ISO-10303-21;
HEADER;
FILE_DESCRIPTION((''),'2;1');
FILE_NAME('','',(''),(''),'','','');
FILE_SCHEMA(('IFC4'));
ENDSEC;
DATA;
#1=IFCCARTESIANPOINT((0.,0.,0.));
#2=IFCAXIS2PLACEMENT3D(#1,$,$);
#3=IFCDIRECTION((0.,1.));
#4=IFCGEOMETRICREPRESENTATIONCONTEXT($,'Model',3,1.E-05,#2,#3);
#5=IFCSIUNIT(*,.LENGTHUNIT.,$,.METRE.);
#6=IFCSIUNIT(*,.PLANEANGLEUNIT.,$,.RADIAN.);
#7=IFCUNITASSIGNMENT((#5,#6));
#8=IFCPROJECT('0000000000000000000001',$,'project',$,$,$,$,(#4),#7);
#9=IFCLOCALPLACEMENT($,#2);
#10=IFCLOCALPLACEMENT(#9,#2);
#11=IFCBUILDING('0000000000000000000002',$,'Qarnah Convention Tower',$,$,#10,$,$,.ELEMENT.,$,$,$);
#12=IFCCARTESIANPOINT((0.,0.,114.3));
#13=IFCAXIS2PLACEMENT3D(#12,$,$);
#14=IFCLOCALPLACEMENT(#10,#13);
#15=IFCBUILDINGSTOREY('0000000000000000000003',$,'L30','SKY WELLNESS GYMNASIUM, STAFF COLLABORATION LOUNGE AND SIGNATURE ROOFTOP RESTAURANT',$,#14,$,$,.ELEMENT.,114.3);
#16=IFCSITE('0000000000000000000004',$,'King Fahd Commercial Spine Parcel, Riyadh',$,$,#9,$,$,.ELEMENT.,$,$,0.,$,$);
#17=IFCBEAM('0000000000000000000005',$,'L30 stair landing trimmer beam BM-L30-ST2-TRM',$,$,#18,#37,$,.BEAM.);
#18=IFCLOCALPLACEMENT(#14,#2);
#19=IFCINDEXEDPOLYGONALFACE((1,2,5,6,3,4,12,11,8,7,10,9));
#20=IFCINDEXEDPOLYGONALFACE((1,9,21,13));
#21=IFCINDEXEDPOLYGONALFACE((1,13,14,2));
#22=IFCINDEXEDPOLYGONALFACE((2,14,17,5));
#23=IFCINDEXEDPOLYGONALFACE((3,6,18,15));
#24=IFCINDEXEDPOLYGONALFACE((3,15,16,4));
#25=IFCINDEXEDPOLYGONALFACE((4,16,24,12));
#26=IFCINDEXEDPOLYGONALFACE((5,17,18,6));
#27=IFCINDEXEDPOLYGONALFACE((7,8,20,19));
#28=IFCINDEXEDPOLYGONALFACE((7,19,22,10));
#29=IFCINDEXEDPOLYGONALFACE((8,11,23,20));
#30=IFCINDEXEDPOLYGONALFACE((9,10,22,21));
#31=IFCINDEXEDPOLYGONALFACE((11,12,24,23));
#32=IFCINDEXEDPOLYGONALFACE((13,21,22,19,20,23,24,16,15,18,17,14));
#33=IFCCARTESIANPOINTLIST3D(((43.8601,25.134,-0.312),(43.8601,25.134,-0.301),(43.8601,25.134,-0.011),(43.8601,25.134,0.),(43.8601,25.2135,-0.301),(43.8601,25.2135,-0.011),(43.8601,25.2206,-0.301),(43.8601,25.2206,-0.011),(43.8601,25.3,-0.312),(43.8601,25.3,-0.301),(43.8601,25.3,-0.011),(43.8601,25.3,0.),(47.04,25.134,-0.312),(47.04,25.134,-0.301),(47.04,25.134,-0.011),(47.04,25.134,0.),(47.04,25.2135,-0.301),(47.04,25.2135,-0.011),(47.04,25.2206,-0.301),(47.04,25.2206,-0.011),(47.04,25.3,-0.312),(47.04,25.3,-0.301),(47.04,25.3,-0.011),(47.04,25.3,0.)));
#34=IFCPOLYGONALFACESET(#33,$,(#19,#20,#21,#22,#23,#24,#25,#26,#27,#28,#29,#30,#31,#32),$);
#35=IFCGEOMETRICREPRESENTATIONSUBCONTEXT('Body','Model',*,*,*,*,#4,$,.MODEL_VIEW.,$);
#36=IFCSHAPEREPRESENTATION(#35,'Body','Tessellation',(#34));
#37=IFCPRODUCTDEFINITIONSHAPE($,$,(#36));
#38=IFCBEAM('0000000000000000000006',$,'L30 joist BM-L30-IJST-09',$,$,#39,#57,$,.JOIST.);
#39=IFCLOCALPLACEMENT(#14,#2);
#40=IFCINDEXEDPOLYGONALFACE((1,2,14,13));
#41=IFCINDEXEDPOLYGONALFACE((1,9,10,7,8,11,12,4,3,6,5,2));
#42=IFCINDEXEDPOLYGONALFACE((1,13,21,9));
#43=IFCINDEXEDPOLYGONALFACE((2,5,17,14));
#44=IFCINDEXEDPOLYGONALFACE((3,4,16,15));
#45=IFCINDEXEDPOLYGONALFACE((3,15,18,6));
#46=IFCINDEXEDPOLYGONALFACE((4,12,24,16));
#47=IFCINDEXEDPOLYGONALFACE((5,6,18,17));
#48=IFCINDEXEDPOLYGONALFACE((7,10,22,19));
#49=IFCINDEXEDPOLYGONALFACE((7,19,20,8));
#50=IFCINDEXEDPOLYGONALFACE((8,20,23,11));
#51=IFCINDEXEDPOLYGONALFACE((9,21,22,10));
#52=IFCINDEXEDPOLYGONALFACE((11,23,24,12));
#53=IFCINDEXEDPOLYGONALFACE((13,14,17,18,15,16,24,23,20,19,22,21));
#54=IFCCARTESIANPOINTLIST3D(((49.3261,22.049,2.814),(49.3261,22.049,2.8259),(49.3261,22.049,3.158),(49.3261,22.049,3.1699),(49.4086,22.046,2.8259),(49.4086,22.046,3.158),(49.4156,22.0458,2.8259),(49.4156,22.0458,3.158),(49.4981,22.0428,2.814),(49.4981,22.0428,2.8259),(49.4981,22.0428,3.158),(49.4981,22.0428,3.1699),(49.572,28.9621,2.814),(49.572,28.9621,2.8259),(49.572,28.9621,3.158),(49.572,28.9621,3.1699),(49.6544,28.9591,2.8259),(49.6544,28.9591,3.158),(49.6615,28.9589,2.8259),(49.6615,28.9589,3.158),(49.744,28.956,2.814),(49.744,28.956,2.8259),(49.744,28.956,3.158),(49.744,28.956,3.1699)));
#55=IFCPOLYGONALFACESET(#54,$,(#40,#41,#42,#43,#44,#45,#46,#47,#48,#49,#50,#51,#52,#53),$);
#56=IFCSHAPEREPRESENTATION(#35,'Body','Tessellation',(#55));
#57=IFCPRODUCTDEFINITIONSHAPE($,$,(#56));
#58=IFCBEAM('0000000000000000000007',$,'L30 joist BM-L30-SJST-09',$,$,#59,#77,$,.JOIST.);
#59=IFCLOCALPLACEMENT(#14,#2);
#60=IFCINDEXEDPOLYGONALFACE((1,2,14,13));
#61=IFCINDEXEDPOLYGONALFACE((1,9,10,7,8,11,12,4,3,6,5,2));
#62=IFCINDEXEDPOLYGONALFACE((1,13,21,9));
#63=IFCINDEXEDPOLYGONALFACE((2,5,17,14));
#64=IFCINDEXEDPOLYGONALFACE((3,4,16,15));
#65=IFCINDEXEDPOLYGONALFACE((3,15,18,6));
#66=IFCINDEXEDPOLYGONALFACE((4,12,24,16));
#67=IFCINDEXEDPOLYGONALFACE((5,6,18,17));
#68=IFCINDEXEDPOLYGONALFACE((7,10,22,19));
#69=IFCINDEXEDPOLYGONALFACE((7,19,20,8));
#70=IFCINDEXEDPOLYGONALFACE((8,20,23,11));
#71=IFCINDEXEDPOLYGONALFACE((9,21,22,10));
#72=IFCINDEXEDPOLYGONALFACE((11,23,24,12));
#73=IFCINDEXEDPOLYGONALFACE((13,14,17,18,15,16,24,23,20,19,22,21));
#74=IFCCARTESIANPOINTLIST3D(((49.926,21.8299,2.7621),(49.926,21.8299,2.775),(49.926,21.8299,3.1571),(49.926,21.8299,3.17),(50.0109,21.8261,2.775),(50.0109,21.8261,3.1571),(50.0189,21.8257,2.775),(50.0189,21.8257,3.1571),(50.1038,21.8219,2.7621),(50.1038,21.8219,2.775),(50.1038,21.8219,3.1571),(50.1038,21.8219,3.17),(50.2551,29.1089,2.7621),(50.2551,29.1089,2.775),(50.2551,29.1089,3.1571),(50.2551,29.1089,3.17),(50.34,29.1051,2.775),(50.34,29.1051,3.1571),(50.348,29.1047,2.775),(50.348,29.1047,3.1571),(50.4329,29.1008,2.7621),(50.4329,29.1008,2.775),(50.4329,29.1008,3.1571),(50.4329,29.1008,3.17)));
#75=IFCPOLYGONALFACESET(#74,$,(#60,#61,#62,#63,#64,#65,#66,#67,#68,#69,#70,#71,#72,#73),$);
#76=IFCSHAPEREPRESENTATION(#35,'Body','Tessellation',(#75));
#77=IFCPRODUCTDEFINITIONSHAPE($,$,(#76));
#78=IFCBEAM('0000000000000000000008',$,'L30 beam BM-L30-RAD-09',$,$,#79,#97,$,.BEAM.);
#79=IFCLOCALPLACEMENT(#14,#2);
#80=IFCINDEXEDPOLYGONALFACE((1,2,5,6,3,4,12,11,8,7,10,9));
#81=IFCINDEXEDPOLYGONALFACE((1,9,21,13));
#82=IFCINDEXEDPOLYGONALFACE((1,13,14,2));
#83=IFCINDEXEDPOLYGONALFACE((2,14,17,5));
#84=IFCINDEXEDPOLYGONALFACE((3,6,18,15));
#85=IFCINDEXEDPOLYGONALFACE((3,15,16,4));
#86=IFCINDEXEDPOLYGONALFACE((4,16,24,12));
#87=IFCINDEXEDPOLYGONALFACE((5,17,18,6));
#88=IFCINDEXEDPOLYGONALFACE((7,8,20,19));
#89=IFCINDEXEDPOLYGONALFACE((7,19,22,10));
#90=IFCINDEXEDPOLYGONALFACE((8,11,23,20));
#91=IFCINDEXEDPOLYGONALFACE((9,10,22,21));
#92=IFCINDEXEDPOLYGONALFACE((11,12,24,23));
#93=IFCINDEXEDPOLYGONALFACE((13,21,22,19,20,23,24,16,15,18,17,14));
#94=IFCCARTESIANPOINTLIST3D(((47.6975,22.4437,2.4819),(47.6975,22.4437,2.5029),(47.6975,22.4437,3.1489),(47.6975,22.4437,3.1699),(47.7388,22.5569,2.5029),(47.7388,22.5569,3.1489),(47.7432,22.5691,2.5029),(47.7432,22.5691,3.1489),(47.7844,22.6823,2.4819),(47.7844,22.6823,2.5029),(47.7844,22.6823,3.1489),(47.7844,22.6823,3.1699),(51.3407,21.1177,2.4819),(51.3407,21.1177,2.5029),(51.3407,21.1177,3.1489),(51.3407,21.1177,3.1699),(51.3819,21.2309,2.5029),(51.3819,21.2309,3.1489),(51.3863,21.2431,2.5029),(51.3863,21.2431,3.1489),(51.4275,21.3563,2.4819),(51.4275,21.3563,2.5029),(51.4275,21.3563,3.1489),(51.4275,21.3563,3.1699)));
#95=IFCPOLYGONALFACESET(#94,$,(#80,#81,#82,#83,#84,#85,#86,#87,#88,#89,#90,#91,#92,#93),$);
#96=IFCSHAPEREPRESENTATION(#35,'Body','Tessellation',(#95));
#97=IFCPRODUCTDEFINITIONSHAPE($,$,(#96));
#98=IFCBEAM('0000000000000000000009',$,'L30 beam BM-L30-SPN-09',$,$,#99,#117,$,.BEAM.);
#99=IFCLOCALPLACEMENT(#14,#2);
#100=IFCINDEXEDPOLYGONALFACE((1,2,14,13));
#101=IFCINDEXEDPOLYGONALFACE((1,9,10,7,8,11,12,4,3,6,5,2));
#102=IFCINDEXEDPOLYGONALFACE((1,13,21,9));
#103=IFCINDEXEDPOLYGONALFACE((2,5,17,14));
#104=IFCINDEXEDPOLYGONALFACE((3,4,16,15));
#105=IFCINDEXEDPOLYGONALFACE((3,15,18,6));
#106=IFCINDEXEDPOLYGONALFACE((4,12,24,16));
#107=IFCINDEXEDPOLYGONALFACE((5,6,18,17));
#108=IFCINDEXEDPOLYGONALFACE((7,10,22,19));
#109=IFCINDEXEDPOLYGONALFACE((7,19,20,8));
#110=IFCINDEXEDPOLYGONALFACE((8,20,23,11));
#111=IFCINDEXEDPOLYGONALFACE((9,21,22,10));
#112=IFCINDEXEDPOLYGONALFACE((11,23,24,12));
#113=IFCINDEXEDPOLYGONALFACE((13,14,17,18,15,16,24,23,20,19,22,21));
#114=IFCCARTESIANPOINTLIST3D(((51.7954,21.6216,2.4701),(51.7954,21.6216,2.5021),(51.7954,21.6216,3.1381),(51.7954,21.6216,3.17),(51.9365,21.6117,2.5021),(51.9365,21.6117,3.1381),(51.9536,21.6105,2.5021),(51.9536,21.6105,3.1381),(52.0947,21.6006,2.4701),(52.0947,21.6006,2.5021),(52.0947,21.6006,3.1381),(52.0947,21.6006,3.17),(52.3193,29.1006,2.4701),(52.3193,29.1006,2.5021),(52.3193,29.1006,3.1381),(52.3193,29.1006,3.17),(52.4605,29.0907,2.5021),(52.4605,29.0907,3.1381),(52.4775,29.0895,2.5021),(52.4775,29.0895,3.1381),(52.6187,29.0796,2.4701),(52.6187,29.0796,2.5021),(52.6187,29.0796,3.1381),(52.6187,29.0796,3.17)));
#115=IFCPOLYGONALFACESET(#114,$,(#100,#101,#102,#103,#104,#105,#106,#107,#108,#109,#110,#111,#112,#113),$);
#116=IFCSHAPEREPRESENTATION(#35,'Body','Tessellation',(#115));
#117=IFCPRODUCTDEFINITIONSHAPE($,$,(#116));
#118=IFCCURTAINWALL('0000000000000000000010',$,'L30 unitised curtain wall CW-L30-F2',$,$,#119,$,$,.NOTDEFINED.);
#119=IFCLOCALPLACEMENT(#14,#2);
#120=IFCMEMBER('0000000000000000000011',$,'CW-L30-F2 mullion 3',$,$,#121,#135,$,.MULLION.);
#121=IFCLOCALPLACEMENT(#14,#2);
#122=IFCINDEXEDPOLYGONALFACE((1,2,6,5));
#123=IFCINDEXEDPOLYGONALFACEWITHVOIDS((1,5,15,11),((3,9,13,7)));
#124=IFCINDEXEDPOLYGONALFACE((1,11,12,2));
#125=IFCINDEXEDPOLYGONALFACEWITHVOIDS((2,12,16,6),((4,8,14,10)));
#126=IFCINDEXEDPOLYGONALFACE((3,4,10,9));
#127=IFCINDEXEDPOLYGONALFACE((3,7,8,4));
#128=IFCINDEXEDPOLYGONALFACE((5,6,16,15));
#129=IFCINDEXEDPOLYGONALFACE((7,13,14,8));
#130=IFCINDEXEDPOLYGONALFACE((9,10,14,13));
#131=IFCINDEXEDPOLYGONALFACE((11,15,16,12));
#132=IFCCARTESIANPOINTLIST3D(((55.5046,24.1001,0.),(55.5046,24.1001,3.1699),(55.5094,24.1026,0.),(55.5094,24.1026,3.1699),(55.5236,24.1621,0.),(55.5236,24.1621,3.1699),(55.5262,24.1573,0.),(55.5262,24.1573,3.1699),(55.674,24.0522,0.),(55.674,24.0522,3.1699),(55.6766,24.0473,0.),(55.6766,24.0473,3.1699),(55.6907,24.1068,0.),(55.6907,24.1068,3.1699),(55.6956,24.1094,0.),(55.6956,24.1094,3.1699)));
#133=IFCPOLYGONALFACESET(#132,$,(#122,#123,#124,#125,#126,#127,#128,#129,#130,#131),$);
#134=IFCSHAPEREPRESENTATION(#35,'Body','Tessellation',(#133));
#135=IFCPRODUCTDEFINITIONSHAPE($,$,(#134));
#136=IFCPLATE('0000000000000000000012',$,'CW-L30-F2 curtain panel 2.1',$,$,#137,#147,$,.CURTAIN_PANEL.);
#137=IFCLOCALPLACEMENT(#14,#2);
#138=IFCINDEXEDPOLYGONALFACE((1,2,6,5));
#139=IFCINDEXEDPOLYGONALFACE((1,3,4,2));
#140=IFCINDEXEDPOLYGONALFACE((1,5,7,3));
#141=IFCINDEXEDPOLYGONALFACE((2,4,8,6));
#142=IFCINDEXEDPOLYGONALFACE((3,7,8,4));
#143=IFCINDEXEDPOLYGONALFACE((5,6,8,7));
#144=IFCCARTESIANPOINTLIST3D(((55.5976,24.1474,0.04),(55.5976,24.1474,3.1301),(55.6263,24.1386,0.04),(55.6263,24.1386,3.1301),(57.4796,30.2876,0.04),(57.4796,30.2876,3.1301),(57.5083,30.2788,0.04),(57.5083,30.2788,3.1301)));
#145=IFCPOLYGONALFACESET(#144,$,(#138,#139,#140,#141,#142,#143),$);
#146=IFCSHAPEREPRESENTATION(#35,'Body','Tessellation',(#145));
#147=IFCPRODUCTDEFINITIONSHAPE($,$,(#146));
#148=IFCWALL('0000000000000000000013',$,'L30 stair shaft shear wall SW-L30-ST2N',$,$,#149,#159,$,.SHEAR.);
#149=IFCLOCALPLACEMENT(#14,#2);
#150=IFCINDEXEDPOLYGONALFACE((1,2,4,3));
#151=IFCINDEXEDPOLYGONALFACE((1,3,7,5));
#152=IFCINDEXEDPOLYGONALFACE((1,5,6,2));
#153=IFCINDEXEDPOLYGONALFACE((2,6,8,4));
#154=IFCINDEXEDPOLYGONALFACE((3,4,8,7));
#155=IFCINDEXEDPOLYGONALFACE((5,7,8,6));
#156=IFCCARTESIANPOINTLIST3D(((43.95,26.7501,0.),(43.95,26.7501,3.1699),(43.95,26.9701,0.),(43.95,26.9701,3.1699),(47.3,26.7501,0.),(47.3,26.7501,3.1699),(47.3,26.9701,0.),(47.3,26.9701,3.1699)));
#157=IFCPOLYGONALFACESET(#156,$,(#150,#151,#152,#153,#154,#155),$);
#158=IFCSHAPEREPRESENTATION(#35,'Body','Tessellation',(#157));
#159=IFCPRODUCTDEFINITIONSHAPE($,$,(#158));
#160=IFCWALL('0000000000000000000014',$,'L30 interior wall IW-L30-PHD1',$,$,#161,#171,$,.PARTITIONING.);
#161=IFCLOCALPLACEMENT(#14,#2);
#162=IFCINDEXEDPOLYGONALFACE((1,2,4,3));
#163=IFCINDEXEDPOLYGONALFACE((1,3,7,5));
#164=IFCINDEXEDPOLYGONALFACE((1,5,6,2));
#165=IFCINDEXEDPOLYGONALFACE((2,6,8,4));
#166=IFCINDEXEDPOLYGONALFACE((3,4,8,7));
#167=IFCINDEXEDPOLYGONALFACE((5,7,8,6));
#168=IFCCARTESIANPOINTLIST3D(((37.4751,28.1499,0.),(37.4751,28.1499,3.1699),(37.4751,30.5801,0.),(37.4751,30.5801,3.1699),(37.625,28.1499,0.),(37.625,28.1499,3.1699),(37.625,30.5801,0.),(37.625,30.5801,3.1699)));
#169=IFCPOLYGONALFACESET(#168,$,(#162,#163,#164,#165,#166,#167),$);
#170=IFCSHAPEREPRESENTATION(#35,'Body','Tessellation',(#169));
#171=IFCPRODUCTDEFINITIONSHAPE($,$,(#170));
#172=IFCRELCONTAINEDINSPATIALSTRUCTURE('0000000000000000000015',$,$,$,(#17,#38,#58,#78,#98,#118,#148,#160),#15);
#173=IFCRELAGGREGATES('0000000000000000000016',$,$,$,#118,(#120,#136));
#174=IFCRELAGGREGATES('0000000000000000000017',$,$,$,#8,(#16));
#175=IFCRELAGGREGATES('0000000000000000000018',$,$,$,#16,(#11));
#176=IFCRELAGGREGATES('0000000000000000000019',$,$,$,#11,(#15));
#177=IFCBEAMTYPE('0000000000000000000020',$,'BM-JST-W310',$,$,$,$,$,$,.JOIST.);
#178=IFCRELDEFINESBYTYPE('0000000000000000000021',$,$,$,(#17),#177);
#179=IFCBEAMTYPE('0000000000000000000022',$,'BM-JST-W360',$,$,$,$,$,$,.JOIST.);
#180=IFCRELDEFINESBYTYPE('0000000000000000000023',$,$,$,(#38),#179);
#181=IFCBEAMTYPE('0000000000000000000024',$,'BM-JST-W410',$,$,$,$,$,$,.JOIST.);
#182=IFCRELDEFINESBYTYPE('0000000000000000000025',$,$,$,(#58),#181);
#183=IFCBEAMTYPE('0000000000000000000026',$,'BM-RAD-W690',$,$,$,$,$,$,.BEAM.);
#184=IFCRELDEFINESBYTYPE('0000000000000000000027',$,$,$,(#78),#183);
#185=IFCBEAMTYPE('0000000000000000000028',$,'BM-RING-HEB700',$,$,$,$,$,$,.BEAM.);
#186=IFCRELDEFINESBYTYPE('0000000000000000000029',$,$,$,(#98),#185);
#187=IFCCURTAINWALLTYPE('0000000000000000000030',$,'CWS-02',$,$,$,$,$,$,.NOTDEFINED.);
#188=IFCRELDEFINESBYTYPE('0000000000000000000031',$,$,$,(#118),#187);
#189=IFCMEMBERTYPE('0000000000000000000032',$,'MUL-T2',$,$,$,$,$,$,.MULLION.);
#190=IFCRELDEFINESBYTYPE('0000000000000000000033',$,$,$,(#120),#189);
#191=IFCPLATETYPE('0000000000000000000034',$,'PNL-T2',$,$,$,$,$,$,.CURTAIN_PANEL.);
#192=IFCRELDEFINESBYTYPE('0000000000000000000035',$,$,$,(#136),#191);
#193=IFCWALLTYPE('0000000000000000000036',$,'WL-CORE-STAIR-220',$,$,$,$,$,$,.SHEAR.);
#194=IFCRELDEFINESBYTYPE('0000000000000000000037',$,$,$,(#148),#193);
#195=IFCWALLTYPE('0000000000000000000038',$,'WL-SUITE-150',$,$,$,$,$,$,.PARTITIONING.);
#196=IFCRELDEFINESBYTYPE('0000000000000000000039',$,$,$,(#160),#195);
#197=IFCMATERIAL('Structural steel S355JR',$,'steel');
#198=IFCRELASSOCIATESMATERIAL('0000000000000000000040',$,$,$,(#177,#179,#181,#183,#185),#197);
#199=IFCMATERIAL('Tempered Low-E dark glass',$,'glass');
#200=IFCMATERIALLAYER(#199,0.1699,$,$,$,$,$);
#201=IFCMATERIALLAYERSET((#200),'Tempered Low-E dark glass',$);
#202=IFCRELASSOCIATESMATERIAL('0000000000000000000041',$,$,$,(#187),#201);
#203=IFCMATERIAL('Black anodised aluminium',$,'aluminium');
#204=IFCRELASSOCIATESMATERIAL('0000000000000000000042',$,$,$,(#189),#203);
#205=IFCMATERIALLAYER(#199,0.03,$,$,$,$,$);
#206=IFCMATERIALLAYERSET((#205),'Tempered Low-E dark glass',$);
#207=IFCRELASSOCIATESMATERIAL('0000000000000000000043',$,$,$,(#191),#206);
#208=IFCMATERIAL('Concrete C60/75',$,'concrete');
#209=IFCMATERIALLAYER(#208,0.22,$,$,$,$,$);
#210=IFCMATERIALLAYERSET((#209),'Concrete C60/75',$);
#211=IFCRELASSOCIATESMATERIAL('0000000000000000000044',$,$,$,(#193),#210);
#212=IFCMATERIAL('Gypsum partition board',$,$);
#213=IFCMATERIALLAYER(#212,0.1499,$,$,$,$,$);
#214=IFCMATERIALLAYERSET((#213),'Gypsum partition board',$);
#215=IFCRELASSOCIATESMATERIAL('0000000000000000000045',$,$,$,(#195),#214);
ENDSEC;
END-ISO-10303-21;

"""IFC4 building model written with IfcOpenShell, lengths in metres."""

from ifc_helpers import new_model, si_unit, direction, frame, frame_2d, origin, origin_2d, place, context, subcontext, project, spatial, rectangle, hollow_rectangle, i_section, extrude, material, layer, layer_set, material_profile, profile_set, type_object, element, aggregate, save


model = new_model("IFC4")

# Units and contexts
model_context = context("Model", 3, precision=1e-05, world=origin(), true_north=direction((0.0, 1.0)))
body_context = subcontext(model_context, "Body", "Model", "MODEL_VIEW")
ifc_project = project(units=[si_unit("LENGTHUNIT", "METRE"), si_unit("PLANEANGLEUNIT", "RADIAN")], contexts=[model_context])

# Site, building, storey
site_placement = place(None, origin())
site = spatial("IfcSite", under=ifc_project, at=site_placement, Name="King Fahd Commercial Spine Parcel, Riyadh", CompositionType="ELEMENT", RefElevation=0.0)
building_placement = place(site_placement, origin())
building = spatial("IfcBuilding", under=site, at=building_placement, Name="Qarnah Convention Tower", CompositionType="ELEMENT")
storey_placement = place(building_placement, frame((0.0, 0.0, 114.3)))
storey = spatial("IfcBuildingStorey", under=building, at=storey_placement, Name="L30", Description="SKY WELLNESS GYMNASIUM, STAFF COLLABORATION LOUNGE AND SIGNATURE ROOFTOP RESTAURANT", CompositionType="ELEMENT", Elevation=114.3)

# Beams
ifc_material_1 = material(Name="Structural steel S355JR", Category="steel")
ifc_material_profile_1 = material_profile(ifc_material_1, i_section(OverallWidth=0.166, OverallDepth=0.312, WebThickness=0.0071, FlangeThickness=0.011, at=origin_2d()), Name="W310X45")
ifc_profile_set_1 = profile_set([ifc_material_profile_1], Name="Structural steel S355JR")
beam_type_1 = type_object("IfcBeamType", Name="BM-JST-W310", PredefinedType="JOIST", material=ifc_profile_set_1)
beam_1_placement = place(storey_placement, frame((43.8601, 25.217, -0.156), z_axis=(1.0, 0.0, 0.0), x_axis=(0.0, 1.0, 0.0)))
element("IfcBeam", 1, at=beam_1_placement, inside=storey, type_object=beam_type_1, Name="L30 stair landing trimmer beam BM-L30-ST2-TRM", PredefinedType="BEAM", context=body_context, shape_type="SweptSolid", body=[
    extrude(i_section(OverallWidth=0.166, OverallDepth=0.312, WebThickness=0.0071, FlangeThickness=0.011, at=origin_2d()), origin(), (0.0, 0.0, 1.0), 3.1799),
])
ifc_material_profile_2 = material_profile(ifc_material_1, i_section(OverallWidth=0.1721, OverallDepth=0.356, WebThickness=0.0071, FlangeThickness=0.012, at=origin_2d()), Name="W360X51")
ifc_profile_set_2 = profile_set([ifc_material_profile_2], Name="Structural steel S355JR")
beam_type_2 = type_object("IfcBeamType", Name="BM-JST-W360", PredefinedType="JOIST", material=ifc_profile_set_2)
beam_2_placement = place(storey_placement, frame((49.4121, 22.0459, 2.9919), z_axis=(0.03554, 0.999368, 0.0), x_axis=(-0.999368, 0.03554, 0.0)))
element("IfcBeam", 2, at=beam_2_placement, inside=storey, type_object=beam_type_2, Name="L30 joist BM-L30-IJST-09", PredefinedType="JOIST", context=body_context, shape_type="SweptSolid", body=[
    extrude(i_section(OverallWidth=0.1721, OverallDepth=0.356, WebThickness=0.0071, FlangeThickness=0.012, at=origin_2d()), origin(), (0.0, 0.0, 1.0), 6.9175),
])
ifc_material_profile_3 = material_profile(ifc_material_1, i_section(OverallWidth=0.178, OverallDepth=0.408, WebThickness=0.0081, FlangeThickness=0.0129, at=origin_2d()), Name="W410X60")
ifc_profile_set_3 = profile_set([ifc_material_profile_3], Name="Structural steel S355JR")
beam_type_3 = type_object("IfcBeamType", Name="BM-JST-W410", PredefinedType="JOIST", material=ifc_profile_set_3)
beam_3_placement = place(storey_placement, frame((50.0149, 21.8259, 2.9661), z_axis=(0.045166, 0.998979, 0.0), x_axis=(-0.998979, 0.045166, 0.0)))
element("IfcBeam", 3, at=beam_3_placement, inside=storey, type_object=beam_type_3, Name="L30 joist BM-L30-SJST-09", PredefinedType="JOIST", context=body_context, shape_type="SweptSolid", body=[
    extrude(i_section(OverallWidth=0.178, OverallDepth=0.408, WebThickness=0.0081, FlangeThickness=0.0129, at=origin_2d()), origin(), (0.0, 0.0, 1.0), 7.2864),
])
ifc_material_profile_4 = material_profile(ifc_material_1, i_section(OverallWidth=0.2539, OverallDepth=0.688, WebThickness=0.0129, FlangeThickness=0.021, at=origin_2d()), Name="W690X152")
ifc_profile_set_4 = profile_set([ifc_material_profile_4], Name="Structural steel S355JR")
beam_type_4 = type_object("IfcBeamType", Name="BM-RAD-W690", PredefinedType="BEAM", material=ifc_profile_set_4)
beam_4_placement = place(storey_placement, frame((47.741, 22.563, 2.8259), z_axis=(0.939696, -0.342011, 0.0), x_axis=(0.342011, 0.939696, 0.0)))
element("IfcBeam", 4, at=beam_4_placement, inside=storey, type_object=beam_type_4, Name="L30 beam BM-L30-RAD-09", PredefinedType="BEAM", context=body_context, shape_type="SweptSolid", body=[
    extrude(i_section(OverallWidth=0.2539, OverallDepth=0.688, WebThickness=0.0129, FlangeThickness=0.021, at=origin_2d()), origin(), (0.0, 0.0, 1.0), 3.877),
])
ifc_material_profile_5 = material_profile(ifc_material_1, i_section(OverallWidth=0.3, OverallDepth=0.7, WebThickness=0.0171, FlangeThickness=0.032, at=origin_2d()), Name="HEB700")
ifc_profile_set_5 = profile_set([ifc_material_profile_5], Name="Structural steel S355JR")
beam_type_5 = type_object("IfcBeamType", Name="BM-RING-HEB700", PredefinedType="BEAM", material=ifc_profile_set_5)
beam_5_placement = place(storey_placement, frame((51.9451, 21.6111, 2.8201), z_axis=(0.069882, 0.997555, 0.0), x_axis=(-0.997555, 0.069882, 0.0)))
element("IfcBeam", 5, at=beam_5_placement, inside=storey, type_object=beam_type_5, Name="L30 beam BM-L30-SPN-09", PredefinedType="BEAM", context=body_context, shape_type="SweptSolid", body=[
    extrude(i_section(OverallWidth=0.3, OverallDepth=0.7, WebThickness=0.0171, FlangeThickness=0.032, at=origin_2d()), origin(), (0.0, 0.0, 1.0), 7.4973),
])

# Curtain wall, member, plate
ifc_material_2 = material(Name="Tempered Low-E dark glass", Category="glass")
ifc_layer_1 = layer(ifc_material_2, 0.1699)
ifc_layer_set_1 = layer_set([ifc_layer_1], Name="Tempered Low-E dark glass")
curtain_wall_type = type_object("IfcCurtainWallType", Name="CWS-02", PredefinedType="NOTDEFINED", material=ifc_layer_set_1)
curtain_wall_placement = place(storey_placement, origin())
curtain_wall = element("IfcCurtainWall", 6, at=curtain_wall_placement, inside=storey, type_object=curtain_wall_type, Name="L30 unitised curtain wall CW-L30-F2", PredefinedType="NOTDEFINED")
ifc_material_3 = material(Name="Black anodised aluminium", Category="aluminium")
ifc_material_profile_6 = material_profile(ifc_material_3, hollow_rectangle(XDim=0.0649, YDim=0.1799, WallThickness=0.0039, at=origin_2d()), Name="MUL-65X180")
ifc_profile_set_6 = profile_set([ifc_material_profile_6], Name="Black anodised aluminium")
member_type = type_object("IfcMemberType", Name="MUL-T2", PredefinedType="MULLION", material=ifc_profile_set_6)
member_placement = place(storey_placement, frame((55.6001, 24.1047, 0.0), z_axis=(0.0, 0.0, 1.0), x_axis=(-0.293046, -0.956098, 0.0)))
member = element("IfcMember", 7, at=member_placement, type_object=member_type, Name="CW-L30-F2 mullion 3", PredefinedType="MULLION", context=body_context, shape_type="SweptSolid", body=[
    extrude(hollow_rectangle(XDim=0.0649, YDim=0.1799, WallThickness=0.0039, at=origin_2d()), origin(), (0.0, 0.0, 1.0), 3.1699),
])
ifc_layer_2 = layer(ifc_material_2, 0.03)
ifc_layer_set_2 = layer_set([ifc_layer_2], Name="Tempered Low-E dark glass")
plate_type = type_object("IfcPlateType", Name="PNL-T2", PredefinedType="CURTAIN_PANEL", material=ifc_layer_set_2)
plate_placement = place(storey_placement, frame((56.553, 27.2131, 0.04), z_axis=(0.0, 0.0, 1.0), x_axis=(-0.293046, -0.956098, 0.0)))
plate = element("IfcPlate", 8, at=plate_placement, type_object=plate_type, Name="CW-L30-F2 curtain panel 2.1", PredefinedType="CURTAIN_PANEL", context=body_context, shape_type="SweptSolid", body=[
    extrude(rectangle(XDim=6.4221, YDim=0.03, at=origin_2d()), origin(), (0.0, 0.0, 1.0), 3.0901),
])
aggregate(curtain_wall, [member, plate])

# Walls
ifc_material_4 = material(Name="Concrete C60/75", Category="concrete")
ifc_layer_3 = layer(ifc_material_4, 0.22)
ifc_layer_set_3 = layer_set([ifc_layer_3], Name="Concrete C60/75")
wall_type_1 = type_object("IfcWallType", Name="WL-CORE-STAIR-220", PredefinedType="SHEAR", material=ifc_layer_set_3)
wall_1_placement = place(storey_placement, frame((43.95, 26.8601, 0.0), z_axis=(0.0, 0.0, 1.0), x_axis=(1.0, 0.0, 0.0)))
element("IfcWall", 9, at=wall_1_placement, inside=storey, type_object=wall_type_1, Name="L30 stair shaft shear wall SW-L30-ST2N", PredefinedType="SHEAR", context=body_context, shape_type="SweptSolid", body=[
    extrude(rectangle(XDim=3.3501, YDim=0.22, at=frame_2d((1.675, 0.0))), origin(), (0.0, 0.0, 1.0), 3.1699),
])
ifc_material_5 = material(Name="Gypsum partition board")
ifc_layer_4 = layer(ifc_material_5, 0.1499)
ifc_layer_set_4 = layer_set([ifc_layer_4], Name="Gypsum partition board")
wall_type_2 = type_object("IfcWallType", Name="WL-SUITE-150", PredefinedType="PARTITIONING", material=ifc_layer_set_4)
for number, where, z_axis, x_axis, name in (
    (10, (37.55, 28.1499, 0.0), (0.0, 0.0, 1.0), (0.0, 1.0, 0.0), "L30 interior wall IW-L30-PHD1"),
):
    element("IfcWall", number, at=place(storey_placement, frame(where, z_axis=z_axis, x_axis=x_axis)), inside=storey, type_object=wall_type_2, Name=name, PredefinedType="PARTITIONING", context=body_context, shape_type="SweptSolid", body=[
        extrude(rectangle(XDim=2.4302, YDim=0.1499, at=frame_2d((1.2151, 0.0))), origin(), (0.0, 0.0, 1.0), 3.1699),
    ])

save(model, "model.ifc")
